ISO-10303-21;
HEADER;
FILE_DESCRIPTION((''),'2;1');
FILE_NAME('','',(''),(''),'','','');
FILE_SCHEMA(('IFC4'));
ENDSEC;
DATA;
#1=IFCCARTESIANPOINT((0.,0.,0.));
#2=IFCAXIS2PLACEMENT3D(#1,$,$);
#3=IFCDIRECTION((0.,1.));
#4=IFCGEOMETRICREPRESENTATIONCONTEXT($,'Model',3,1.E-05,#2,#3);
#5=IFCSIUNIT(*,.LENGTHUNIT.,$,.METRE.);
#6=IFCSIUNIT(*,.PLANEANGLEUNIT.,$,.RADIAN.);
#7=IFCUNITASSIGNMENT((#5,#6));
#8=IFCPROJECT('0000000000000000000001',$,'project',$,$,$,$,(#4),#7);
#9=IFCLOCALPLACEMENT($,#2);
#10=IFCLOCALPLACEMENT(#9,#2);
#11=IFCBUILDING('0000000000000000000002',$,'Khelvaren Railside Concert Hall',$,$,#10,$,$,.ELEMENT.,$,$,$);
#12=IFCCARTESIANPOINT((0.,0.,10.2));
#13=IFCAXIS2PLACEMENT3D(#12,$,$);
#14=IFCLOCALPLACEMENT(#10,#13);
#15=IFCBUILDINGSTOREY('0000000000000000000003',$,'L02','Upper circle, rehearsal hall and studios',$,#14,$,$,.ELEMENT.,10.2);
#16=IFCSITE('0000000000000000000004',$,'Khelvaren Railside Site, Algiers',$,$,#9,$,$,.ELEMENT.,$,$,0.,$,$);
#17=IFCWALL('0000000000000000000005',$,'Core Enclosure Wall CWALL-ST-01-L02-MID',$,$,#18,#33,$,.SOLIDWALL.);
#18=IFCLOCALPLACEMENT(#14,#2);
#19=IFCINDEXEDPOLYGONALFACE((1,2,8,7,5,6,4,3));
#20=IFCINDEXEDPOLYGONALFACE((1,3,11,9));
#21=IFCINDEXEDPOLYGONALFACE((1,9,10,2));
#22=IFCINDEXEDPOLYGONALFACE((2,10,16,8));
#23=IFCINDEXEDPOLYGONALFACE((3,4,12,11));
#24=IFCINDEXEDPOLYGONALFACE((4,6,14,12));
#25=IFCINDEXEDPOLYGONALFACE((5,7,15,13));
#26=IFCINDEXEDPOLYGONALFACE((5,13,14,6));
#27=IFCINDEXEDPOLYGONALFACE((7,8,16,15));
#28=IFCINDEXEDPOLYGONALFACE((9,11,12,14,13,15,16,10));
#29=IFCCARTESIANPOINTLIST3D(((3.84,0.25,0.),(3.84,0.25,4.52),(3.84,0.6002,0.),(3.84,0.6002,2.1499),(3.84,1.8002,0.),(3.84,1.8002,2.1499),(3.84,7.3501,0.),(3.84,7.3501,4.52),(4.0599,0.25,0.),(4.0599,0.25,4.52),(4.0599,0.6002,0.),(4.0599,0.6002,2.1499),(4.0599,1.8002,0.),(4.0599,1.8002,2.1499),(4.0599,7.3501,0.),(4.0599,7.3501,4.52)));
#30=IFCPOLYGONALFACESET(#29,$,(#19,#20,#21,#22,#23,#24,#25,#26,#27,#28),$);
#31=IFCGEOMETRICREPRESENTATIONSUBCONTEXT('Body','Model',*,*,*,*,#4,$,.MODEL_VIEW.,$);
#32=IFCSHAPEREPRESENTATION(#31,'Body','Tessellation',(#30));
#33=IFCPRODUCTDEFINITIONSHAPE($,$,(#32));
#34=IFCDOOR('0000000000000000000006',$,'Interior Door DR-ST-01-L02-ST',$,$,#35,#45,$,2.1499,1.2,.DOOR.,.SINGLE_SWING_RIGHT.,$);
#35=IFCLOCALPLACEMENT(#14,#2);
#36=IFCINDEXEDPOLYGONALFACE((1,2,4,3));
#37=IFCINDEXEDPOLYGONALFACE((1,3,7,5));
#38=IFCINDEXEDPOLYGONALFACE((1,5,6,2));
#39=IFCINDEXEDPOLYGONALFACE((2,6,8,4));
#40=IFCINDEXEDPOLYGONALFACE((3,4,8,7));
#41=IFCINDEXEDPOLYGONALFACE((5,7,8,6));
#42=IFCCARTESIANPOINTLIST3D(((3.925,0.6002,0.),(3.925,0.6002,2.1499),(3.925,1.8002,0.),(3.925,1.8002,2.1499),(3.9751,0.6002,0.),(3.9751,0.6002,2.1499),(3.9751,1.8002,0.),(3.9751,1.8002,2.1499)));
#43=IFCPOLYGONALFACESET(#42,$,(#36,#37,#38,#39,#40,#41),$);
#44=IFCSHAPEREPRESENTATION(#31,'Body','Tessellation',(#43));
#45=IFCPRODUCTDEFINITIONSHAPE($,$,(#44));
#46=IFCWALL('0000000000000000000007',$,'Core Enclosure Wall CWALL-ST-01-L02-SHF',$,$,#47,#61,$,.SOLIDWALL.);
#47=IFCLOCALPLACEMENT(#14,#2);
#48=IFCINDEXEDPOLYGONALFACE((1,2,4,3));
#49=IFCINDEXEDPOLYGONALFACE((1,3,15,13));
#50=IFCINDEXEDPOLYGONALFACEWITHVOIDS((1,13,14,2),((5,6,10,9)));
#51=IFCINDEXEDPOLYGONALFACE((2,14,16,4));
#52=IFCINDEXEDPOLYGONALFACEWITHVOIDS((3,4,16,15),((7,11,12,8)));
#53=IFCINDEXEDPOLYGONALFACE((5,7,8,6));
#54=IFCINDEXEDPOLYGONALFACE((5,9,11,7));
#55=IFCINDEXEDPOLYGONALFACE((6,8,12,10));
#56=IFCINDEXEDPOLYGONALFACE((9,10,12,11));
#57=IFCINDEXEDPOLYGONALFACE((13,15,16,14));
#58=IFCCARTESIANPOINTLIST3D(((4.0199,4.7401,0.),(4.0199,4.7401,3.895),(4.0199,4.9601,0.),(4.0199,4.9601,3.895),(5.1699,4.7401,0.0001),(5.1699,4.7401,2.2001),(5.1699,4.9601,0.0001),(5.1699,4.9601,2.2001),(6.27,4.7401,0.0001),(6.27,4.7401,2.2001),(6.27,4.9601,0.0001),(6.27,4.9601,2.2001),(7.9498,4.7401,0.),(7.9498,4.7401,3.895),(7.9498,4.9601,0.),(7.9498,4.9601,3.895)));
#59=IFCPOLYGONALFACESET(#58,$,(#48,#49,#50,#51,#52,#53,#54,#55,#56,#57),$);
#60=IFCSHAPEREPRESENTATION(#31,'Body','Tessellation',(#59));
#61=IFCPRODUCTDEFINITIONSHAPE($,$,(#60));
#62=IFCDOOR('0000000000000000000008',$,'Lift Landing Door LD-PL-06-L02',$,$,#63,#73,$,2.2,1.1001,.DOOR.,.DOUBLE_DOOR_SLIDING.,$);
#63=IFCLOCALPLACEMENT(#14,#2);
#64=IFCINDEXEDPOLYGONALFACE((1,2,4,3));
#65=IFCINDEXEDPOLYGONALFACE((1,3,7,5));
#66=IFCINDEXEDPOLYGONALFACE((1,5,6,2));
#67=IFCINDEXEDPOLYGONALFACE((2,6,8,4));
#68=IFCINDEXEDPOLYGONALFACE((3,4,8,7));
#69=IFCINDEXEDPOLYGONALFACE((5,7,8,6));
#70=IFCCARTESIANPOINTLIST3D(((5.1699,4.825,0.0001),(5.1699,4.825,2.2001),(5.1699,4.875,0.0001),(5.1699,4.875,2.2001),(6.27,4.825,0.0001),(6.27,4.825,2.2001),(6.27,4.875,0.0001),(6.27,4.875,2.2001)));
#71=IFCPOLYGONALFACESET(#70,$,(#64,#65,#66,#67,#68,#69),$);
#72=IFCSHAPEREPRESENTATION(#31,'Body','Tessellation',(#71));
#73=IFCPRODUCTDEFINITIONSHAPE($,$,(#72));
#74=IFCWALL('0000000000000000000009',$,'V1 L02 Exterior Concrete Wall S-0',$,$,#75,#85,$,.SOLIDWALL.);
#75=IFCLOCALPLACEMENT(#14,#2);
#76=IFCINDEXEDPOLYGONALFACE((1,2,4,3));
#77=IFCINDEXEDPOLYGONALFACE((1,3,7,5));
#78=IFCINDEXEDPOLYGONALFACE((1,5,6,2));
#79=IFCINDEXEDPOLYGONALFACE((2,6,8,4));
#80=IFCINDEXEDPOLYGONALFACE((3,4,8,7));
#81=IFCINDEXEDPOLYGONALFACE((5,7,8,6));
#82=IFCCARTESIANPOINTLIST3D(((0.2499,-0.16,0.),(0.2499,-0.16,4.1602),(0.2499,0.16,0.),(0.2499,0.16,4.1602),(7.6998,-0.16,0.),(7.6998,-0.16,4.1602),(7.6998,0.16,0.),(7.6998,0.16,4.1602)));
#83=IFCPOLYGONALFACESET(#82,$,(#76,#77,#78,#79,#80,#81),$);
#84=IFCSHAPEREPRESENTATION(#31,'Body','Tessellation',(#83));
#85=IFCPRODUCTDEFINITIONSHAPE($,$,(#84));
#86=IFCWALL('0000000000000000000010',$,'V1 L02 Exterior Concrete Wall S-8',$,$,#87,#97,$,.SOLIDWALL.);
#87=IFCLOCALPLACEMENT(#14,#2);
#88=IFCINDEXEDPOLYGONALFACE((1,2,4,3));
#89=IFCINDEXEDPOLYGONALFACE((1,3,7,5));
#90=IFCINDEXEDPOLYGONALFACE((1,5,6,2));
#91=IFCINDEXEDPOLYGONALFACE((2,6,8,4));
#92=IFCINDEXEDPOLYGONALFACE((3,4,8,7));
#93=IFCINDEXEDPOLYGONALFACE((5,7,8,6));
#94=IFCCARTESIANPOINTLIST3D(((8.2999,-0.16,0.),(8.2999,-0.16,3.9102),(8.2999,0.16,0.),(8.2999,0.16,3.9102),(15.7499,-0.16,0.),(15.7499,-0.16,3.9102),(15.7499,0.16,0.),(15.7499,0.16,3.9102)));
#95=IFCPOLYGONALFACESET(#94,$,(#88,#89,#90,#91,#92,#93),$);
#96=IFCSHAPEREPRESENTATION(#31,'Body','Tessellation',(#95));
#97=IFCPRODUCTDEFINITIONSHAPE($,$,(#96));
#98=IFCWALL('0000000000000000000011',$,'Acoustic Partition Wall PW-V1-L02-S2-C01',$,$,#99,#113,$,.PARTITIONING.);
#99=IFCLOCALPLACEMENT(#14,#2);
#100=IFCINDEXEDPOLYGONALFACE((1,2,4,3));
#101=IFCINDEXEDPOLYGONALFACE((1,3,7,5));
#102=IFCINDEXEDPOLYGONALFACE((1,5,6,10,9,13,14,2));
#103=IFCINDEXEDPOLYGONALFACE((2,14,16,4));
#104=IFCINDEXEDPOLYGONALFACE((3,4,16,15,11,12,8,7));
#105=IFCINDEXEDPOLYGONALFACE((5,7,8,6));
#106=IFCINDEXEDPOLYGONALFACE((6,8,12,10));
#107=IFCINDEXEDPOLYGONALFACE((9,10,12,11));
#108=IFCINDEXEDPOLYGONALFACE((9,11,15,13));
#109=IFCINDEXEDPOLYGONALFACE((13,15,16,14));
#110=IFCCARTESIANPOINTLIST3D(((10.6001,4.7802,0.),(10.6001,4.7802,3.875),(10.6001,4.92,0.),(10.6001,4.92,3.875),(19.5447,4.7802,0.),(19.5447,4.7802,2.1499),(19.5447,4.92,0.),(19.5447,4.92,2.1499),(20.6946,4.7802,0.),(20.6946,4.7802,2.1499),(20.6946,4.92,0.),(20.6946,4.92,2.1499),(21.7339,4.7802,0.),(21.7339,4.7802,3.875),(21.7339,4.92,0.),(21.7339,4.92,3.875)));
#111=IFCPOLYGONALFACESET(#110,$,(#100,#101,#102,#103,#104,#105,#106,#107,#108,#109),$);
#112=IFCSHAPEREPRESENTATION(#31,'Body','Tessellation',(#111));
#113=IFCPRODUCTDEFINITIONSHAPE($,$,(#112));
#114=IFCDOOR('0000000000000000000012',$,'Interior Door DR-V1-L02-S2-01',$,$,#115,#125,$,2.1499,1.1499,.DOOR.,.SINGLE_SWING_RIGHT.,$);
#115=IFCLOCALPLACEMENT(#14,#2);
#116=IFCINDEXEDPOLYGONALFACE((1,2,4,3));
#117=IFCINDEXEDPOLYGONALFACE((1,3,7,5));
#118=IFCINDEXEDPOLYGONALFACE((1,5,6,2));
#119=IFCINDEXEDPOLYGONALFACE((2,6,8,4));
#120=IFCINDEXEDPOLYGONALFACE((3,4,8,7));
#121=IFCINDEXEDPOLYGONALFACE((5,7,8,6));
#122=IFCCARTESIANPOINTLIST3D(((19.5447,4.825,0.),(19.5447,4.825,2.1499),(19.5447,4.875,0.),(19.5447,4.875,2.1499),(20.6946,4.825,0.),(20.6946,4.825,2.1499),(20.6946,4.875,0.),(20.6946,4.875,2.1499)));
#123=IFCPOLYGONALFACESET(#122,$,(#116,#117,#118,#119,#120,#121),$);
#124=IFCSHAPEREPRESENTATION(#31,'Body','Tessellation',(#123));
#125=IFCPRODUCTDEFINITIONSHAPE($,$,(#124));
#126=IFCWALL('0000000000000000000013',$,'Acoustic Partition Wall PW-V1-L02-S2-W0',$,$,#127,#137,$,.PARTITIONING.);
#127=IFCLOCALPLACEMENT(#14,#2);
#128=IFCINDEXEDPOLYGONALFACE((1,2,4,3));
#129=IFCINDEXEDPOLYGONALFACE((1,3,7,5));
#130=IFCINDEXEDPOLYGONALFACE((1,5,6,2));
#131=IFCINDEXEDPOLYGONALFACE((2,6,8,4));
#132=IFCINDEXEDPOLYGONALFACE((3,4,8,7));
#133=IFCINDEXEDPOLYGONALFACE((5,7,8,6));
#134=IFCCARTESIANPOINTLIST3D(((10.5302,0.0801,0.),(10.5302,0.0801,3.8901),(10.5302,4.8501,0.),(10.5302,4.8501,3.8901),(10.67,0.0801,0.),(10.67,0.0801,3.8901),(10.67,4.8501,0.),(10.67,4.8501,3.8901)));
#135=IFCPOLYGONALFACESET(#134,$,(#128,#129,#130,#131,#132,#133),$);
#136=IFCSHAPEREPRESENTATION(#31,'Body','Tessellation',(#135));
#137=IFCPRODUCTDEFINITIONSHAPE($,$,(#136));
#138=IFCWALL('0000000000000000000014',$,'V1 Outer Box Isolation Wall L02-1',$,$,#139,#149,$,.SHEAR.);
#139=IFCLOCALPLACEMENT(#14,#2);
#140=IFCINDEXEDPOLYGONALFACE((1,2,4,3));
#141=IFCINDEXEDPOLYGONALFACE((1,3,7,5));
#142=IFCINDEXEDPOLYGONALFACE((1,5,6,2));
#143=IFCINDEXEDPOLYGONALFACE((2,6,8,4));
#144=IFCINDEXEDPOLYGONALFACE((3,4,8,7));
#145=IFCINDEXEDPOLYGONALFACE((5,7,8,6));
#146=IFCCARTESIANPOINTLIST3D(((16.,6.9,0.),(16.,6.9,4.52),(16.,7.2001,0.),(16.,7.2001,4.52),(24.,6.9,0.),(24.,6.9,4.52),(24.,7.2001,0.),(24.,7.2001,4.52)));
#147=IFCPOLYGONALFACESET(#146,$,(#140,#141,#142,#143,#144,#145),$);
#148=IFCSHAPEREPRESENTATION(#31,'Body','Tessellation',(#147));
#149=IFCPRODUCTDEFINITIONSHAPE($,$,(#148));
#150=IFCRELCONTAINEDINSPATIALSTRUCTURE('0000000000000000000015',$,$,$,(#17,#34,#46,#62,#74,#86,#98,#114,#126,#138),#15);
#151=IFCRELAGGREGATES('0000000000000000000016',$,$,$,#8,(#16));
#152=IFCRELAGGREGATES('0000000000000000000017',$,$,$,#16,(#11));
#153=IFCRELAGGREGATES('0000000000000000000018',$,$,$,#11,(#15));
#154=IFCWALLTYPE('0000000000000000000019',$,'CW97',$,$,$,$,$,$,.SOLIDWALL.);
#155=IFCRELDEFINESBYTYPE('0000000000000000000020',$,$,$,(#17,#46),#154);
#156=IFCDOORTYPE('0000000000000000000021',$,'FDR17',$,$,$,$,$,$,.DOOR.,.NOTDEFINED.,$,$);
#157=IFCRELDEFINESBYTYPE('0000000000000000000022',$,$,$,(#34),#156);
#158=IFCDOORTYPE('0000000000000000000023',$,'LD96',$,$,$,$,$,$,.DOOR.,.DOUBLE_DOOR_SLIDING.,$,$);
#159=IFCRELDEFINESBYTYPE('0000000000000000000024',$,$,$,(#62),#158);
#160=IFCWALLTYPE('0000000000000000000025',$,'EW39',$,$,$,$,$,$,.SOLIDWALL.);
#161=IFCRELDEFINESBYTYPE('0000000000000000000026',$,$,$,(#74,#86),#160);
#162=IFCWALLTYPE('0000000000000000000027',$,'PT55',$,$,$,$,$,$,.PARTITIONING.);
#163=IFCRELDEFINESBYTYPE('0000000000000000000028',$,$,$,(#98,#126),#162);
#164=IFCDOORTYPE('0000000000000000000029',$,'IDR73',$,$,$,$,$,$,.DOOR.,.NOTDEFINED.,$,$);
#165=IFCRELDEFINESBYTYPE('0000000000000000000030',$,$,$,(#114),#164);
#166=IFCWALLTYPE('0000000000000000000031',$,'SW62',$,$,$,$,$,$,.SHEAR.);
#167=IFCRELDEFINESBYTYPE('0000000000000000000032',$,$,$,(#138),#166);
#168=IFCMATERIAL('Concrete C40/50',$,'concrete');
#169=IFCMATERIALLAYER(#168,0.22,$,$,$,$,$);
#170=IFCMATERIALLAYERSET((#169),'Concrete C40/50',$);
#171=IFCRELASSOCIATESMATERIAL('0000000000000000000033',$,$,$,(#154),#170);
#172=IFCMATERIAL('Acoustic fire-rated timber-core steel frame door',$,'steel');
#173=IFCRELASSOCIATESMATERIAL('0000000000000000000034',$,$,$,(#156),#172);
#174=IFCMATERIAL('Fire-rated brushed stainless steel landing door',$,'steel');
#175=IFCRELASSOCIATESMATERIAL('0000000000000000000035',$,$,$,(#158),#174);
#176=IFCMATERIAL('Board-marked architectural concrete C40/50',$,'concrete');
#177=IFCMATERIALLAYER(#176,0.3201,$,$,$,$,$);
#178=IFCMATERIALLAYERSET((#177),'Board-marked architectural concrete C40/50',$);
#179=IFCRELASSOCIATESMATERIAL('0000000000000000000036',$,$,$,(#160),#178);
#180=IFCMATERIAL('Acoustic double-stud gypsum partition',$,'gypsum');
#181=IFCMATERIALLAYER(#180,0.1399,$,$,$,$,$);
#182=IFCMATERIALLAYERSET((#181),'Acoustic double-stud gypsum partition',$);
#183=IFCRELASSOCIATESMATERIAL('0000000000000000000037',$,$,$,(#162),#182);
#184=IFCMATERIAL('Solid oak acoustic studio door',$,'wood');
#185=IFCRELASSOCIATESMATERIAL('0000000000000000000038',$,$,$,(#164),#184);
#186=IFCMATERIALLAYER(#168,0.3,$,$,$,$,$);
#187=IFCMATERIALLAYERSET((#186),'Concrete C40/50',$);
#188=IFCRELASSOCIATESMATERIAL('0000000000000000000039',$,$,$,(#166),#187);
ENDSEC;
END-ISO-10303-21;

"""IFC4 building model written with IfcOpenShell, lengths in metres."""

from ifc_helpers import new_model, si_unit, direction, frame, frame_2d, origin, place, context, subcontext, project, spatial, rectangle, extrude, material, layer, layer_set, type_object, element, fill, save


model = new_model("IFC4")

# Units and contexts
model_context = context("Model", 3, precision=1e-05, world=origin(), true_north=direction((0.0, 1.0)))
body_context = subcontext(model_context, "Body", "Model", "MODEL_VIEW")
ifc_project = project(units=[si_unit("LENGTHUNIT", "METRE"), si_unit("PLANEANGLEUNIT", "RADIAN")], contexts=[model_context])

# Site, building, storey
site_placement = place(None, origin())
site = spatial("IfcSite", under=ifc_project, at=site_placement, Name="Khelvaren Railside Site, Algiers", CompositionType="ELEMENT", RefElevation=0.0)
building_placement = place(site_placement, origin())
building = spatial("IfcBuilding", under=site, at=building_placement, Name="Khelvaren Railside Concert Hall", CompositionType="ELEMENT")
storey_placement = place(building_placement, frame((0.0, 0.0, 10.2)))
storey = spatial("IfcBuildingStorey", under=building, at=storey_placement, Name="L02", Description="Upper circle, rehearsal hall and studios", CompositionType="ELEMENT", Elevation=10.2)

# Walls, openings, doors
ifc_material_1 = material(Name="Concrete C40/50", Category="concrete")
ifc_material_2 = material(Name="Acoustic fire-rated timber-core steel frame door", Category="steel")
ifc_layer_1 = layer(ifc_material_1, 0.22)
ifc_layer_set_1 = layer_set([ifc_layer_1], Name="Concrete C40/50")
wall_type_1 = type_object("IfcWallType", Name="CW97", PredefinedType="SOLIDWALL", material=ifc_layer_set_1)
wall_1_placement = place(storey_placement, frame((3.95, 0.25, 0.0), z_axis=(0.0, 0.0, 1.0), x_axis=(0.0, 1.0, 0.0)))
wall_1 = element("IfcWall", 1, at=wall_1_placement, inside=storey, type_object=wall_type_1, Name="Core Enclosure Wall CWALL-ST-01-L02-MID", PredefinedType="SOLIDWALL", context=body_context, shape_type="SweptSolid", body=[
    extrude(rectangle(XDim=7.1001, YDim=0.22, at=frame_2d((3.55, 0.0))), origin(), (0.0, 0.0, 1.0), 4.52),
])
opening_1_placement = place(wall_1_placement, frame((0.3501, 0.0, 0.0)))
opening_1 = element("IfcOpeningElement", 2, at=opening_1_placement, cuts=wall_1, PredefinedType="OPENING", context=body_context, shape_type="SweptSolid", body=[
    extrude(rectangle(XDim=1.2, YDim=2.1499, at=frame_2d((0.6001, 1.075))), frame((0.0, 0.1199, 0.0), z_axis=(0.0, -1.0, 0.0), x_axis=(1.0, 0.0, 0.0)), (0.0, 0.0, 1.0), 0.24),
])
door_type_1 = type_object("IfcDoorType", Name="FDR17", OperationType="NOTDEFINED", PredefinedType="DOOR", material=ifc_material_2)
door_1_placement = place(opening_1_placement, origin())
door_1 = element("IfcDoor", 3, at=door_1_placement, inside=storey, type_object=door_type_1, Name="Interior Door DR-ST-01-L02-ST", OperationType="SINGLE_SWING_RIGHT", OverallHeight=2.1499, OverallWidth=1.2, PredefinedType="DOOR", context=body_context, shape_type="SweptSolid", body=[
    extrude(rectangle(XDim=1.2, YDim=2.1499, at=frame_2d((0.6001, 1.075))), frame((0.0, 0.0249, 0.0), z_axis=(0.0, -1.0, 0.0), x_axis=(1.0, 0.0, 0.0)), (0.0, 0.0, 1.0), 0.05),
])
fill(opening_1, door_1)
wall_2_placement = place(storey_placement, frame((4.02, 4.8501, 0.0), z_axis=(0.0, 0.0, 1.0), x_axis=(1.0, 0.0, 0.0)))
wall_2 = element("IfcWall", 4, at=wall_2_placement, inside=storey, type_object=wall_type_1, Name="Core Enclosure Wall CWALL-ST-01-L02-SHF", PredefinedType="SOLIDWALL", context=body_context, shape_type="SweptSolid", body=[
    extrude(rectangle(XDim=3.9299, YDim=0.22, at=frame_2d((1.9648, 0.0))), origin(), (0.0, 0.0, 1.0), 3.895),
])
opening_2_placement = place(wall_2_placement, frame((1.1499, 0.0, 0.0)))
opening_2 = element("IfcOpeningElement", 5, at=opening_2_placement, cuts=wall_2, PredefinedType="OPENING", context=body_context, shape_type="SweptSolid", body=[
    extrude(rectangle(XDim=1.1001, YDim=2.2, at=frame_2d((0.55, 1.1001))), frame((0.0, 0.1199, 0.0), z_axis=(0.0, -1.0, 0.0), x_axis=(1.0, 0.0, 0.0)), (0.0, 0.0, 1.0), 0.24),
])
ifc_material_3 = material(Name="Fire-rated brushed stainless steel landing door", Category="steel")
door_type_2 = type_object("IfcDoorType", Name="LD96", OperationType="DOUBLE_DOOR_SLIDING", PredefinedType="DOOR", material=ifc_material_3)
door_2_placement = place(opening_2_placement, origin())
door_2 = element("IfcDoor", 6, at=door_2_placement, inside=storey, type_object=door_type_2, Name="Lift Landing Door LD-PL-06-L02", OperationType="DOUBLE_DOOR_SLIDING", OverallHeight=2.2, OverallWidth=1.1001, PredefinedType="DOOR", context=body_context, shape_type="SweptSolid", body=[
    extrude(rectangle(XDim=1.1001, YDim=2.2, at=frame_2d((0.55, 1.1001))), frame((0.0, 0.0249, 0.0), z_axis=(0.0, -1.0, 0.0), x_axis=(1.0, 0.0, 0.0)), (0.0, 0.0, 1.0), 0.05),
])
fill(opening_2, door_2)

# Walls
ifc_material_4 = material(Name="Board-marked architectural concrete C40/50", Category="concrete")
ifc_layer_2 = layer(ifc_material_4, 0.3201)
ifc_layer_set_2 = layer_set([ifc_layer_2], Name="Board-marked architectural concrete C40/50")
wall_type_2 = type_object("IfcWallType", Name="EW39", PredefinedType="SOLIDWALL", material=ifc_layer_set_2)
wall_3_placement = place(storey_placement, frame((7.7, 0.0, 0.0), z_axis=(0.0, 0.0, 1.0), x_axis=(-1.0, 0.0, 0.0)))
element("IfcWall", 7, at=wall_3_placement, inside=storey, type_object=wall_type_2, Name="V1 L02 Exterior Concrete Wall S-0", PredefinedType="SOLIDWALL", context=body_context, shape_type="SweptSolid", body=[
    extrude(rectangle(XDim=7.45, YDim=0.3201, at=frame_2d((3.7251, 0.0))), origin(), (0.0, 0.0, 1.0), 4.1602),
])
wall_4_placement = place(storey_placement, frame((15.75, 0.0, 0.0), z_axis=(0.0, 0.0, 1.0), x_axis=(-1.0, 0.0, 0.0)))
element("IfcWall", 8, at=wall_4_placement, inside=storey, type_object=wall_type_2, Name="V1 L02 Exterior Concrete Wall S-8", PredefinedType="SOLIDWALL", context=body_context, shape_type="SweptSolid", body=[
    extrude(rectangle(XDim=7.45, YDim=0.3201, at=frame_2d((3.7251, 0.0))), origin(), (0.0, 0.0, 1.0), 3.9102),
])

# Wall, opening, door
ifc_material_5 = material(Name="Acoustic double-stud gypsum partition", Category="gypsum")
ifc_layer_3 = layer(ifc_material_5, 0.1399)
ifc_layer_set_3 = layer_set([ifc_layer_3], Name="Acoustic double-stud gypsum partition")
wall_type_3 = type_object("IfcWallType", Name="PT55", PredefinedType="PARTITIONING", material=ifc_layer_set_3)
wall_5_placement = place(storey_placement, frame((10.6001, 4.8501, 0.0), z_axis=(0.0, 0.0, 1.0), x_axis=(1.0, 0.0, 0.0)))
wall_5 = element("IfcWall", 9, at=wall_5_placement, inside=storey, type_object=wall_type_3, Name="Acoustic Partition Wall PW-V1-L02-S2-C01", PredefinedType="PARTITIONING", context=body_context, shape_type="SweptSolid", body=[
    extrude(rectangle(XDim=11.1338, YDim=0.1399, at=frame_2d((5.5669, 0.0))), origin(), (0.0, 0.0, 1.0), 3.875),
])
opening_3_placement = place(wall_5_placement, frame((8.9446, 0.0, 0.0)))
opening_3 = element("IfcOpeningElement", 10, at=opening_3_placement, cuts=wall_5, PredefinedType="OPENING", context=body_context, shape_type="SweptSolid", body=[
    extrude(rectangle(XDim=1.1499, YDim=2.1499, at=frame_2d((0.575, 1.075))), frame((0.0, 0.0798, 0.0), z_axis=(0.0, -1.0, 0.0), x_axis=(1.0, 0.0, 0.0)), (0.0, 0.0, 1.0), 0.1599),
])
ifc_material_6 = material(Name="Solid oak acoustic studio door", Category="wood")
door_type_3 = type_object("IfcDoorType", Name="IDR73", OperationType="NOTDEFINED", PredefinedType="DOOR", material=ifc_material_6)
door_3_placement = place(opening_3_placement, origin())
door_3 = element("IfcDoor", 11, at=door_3_placement, inside=storey, type_object=door_type_3, Name="Interior Door DR-V1-L02-S2-01", OperationType="SINGLE_SWING_RIGHT", OverallHeight=2.1499, OverallWidth=1.1499, PredefinedType="DOOR", context=body_context, shape_type="SweptSolid", body=[
    extrude(rectangle(XDim=1.1499, YDim=2.1499, at=frame_2d((0.575, 1.075))), frame((0.0, 0.0249, 0.0), z_axis=(0.0, -1.0, 0.0), x_axis=(1.0, 0.0, 0.0)), (0.0, 0.0, 1.0), 0.05),
])
fill(opening_3, door_3)

# Walls
wall_6_placement = place(storey_placement, frame((10.6001, 0.0801, 0.0), z_axis=(0.0, 0.0, 1.0), x_axis=(0.0, 1.0, 0.0)))
element("IfcWall", 12, at=wall_6_placement, inside=storey, type_object=wall_type_3, Name="Acoustic Partition Wall PW-V1-L02-S2-W0", PredefinedType="PARTITIONING", context=body_context, shape_type="SweptSolid", body=[
    extrude(rectangle(XDim=4.77, YDim=0.1399, at=frame_2d((2.385, 0.0))), origin(), (0.0, 0.0, 1.0), 3.8901),
])
ifc_layer_4 = layer(ifc_material_1, 0.3)
ifc_layer_set_4 = layer_set([ifc_layer_4], Name="Concrete C40/50")
wall_type_4 = type_object("IfcWallType", Name="SW62", PredefinedType="SHEAR", material=ifc_layer_set_4)
wall_7_placement = place(storey_placement, frame((16.0, 7.05, 0.0), z_axis=(0.0, 0.0, 1.0), x_axis=(1.0, 0.0, 0.0)))
element("IfcWall", 13, at=wall_7_placement, inside=storey, type_object=wall_type_4, Name="V1 Outer Box Isolation Wall L02-1", PredefinedType="SHEAR", context=body_context, shape_type="SweptSolid", body=[
    extrude(rectangle(XDim=8.0, YDim=0.3, at=frame_2d((4.0, 0.0))), origin(), (0.0, 0.0, 1.0), 4.52),
])

save(model, "model.ifc")
